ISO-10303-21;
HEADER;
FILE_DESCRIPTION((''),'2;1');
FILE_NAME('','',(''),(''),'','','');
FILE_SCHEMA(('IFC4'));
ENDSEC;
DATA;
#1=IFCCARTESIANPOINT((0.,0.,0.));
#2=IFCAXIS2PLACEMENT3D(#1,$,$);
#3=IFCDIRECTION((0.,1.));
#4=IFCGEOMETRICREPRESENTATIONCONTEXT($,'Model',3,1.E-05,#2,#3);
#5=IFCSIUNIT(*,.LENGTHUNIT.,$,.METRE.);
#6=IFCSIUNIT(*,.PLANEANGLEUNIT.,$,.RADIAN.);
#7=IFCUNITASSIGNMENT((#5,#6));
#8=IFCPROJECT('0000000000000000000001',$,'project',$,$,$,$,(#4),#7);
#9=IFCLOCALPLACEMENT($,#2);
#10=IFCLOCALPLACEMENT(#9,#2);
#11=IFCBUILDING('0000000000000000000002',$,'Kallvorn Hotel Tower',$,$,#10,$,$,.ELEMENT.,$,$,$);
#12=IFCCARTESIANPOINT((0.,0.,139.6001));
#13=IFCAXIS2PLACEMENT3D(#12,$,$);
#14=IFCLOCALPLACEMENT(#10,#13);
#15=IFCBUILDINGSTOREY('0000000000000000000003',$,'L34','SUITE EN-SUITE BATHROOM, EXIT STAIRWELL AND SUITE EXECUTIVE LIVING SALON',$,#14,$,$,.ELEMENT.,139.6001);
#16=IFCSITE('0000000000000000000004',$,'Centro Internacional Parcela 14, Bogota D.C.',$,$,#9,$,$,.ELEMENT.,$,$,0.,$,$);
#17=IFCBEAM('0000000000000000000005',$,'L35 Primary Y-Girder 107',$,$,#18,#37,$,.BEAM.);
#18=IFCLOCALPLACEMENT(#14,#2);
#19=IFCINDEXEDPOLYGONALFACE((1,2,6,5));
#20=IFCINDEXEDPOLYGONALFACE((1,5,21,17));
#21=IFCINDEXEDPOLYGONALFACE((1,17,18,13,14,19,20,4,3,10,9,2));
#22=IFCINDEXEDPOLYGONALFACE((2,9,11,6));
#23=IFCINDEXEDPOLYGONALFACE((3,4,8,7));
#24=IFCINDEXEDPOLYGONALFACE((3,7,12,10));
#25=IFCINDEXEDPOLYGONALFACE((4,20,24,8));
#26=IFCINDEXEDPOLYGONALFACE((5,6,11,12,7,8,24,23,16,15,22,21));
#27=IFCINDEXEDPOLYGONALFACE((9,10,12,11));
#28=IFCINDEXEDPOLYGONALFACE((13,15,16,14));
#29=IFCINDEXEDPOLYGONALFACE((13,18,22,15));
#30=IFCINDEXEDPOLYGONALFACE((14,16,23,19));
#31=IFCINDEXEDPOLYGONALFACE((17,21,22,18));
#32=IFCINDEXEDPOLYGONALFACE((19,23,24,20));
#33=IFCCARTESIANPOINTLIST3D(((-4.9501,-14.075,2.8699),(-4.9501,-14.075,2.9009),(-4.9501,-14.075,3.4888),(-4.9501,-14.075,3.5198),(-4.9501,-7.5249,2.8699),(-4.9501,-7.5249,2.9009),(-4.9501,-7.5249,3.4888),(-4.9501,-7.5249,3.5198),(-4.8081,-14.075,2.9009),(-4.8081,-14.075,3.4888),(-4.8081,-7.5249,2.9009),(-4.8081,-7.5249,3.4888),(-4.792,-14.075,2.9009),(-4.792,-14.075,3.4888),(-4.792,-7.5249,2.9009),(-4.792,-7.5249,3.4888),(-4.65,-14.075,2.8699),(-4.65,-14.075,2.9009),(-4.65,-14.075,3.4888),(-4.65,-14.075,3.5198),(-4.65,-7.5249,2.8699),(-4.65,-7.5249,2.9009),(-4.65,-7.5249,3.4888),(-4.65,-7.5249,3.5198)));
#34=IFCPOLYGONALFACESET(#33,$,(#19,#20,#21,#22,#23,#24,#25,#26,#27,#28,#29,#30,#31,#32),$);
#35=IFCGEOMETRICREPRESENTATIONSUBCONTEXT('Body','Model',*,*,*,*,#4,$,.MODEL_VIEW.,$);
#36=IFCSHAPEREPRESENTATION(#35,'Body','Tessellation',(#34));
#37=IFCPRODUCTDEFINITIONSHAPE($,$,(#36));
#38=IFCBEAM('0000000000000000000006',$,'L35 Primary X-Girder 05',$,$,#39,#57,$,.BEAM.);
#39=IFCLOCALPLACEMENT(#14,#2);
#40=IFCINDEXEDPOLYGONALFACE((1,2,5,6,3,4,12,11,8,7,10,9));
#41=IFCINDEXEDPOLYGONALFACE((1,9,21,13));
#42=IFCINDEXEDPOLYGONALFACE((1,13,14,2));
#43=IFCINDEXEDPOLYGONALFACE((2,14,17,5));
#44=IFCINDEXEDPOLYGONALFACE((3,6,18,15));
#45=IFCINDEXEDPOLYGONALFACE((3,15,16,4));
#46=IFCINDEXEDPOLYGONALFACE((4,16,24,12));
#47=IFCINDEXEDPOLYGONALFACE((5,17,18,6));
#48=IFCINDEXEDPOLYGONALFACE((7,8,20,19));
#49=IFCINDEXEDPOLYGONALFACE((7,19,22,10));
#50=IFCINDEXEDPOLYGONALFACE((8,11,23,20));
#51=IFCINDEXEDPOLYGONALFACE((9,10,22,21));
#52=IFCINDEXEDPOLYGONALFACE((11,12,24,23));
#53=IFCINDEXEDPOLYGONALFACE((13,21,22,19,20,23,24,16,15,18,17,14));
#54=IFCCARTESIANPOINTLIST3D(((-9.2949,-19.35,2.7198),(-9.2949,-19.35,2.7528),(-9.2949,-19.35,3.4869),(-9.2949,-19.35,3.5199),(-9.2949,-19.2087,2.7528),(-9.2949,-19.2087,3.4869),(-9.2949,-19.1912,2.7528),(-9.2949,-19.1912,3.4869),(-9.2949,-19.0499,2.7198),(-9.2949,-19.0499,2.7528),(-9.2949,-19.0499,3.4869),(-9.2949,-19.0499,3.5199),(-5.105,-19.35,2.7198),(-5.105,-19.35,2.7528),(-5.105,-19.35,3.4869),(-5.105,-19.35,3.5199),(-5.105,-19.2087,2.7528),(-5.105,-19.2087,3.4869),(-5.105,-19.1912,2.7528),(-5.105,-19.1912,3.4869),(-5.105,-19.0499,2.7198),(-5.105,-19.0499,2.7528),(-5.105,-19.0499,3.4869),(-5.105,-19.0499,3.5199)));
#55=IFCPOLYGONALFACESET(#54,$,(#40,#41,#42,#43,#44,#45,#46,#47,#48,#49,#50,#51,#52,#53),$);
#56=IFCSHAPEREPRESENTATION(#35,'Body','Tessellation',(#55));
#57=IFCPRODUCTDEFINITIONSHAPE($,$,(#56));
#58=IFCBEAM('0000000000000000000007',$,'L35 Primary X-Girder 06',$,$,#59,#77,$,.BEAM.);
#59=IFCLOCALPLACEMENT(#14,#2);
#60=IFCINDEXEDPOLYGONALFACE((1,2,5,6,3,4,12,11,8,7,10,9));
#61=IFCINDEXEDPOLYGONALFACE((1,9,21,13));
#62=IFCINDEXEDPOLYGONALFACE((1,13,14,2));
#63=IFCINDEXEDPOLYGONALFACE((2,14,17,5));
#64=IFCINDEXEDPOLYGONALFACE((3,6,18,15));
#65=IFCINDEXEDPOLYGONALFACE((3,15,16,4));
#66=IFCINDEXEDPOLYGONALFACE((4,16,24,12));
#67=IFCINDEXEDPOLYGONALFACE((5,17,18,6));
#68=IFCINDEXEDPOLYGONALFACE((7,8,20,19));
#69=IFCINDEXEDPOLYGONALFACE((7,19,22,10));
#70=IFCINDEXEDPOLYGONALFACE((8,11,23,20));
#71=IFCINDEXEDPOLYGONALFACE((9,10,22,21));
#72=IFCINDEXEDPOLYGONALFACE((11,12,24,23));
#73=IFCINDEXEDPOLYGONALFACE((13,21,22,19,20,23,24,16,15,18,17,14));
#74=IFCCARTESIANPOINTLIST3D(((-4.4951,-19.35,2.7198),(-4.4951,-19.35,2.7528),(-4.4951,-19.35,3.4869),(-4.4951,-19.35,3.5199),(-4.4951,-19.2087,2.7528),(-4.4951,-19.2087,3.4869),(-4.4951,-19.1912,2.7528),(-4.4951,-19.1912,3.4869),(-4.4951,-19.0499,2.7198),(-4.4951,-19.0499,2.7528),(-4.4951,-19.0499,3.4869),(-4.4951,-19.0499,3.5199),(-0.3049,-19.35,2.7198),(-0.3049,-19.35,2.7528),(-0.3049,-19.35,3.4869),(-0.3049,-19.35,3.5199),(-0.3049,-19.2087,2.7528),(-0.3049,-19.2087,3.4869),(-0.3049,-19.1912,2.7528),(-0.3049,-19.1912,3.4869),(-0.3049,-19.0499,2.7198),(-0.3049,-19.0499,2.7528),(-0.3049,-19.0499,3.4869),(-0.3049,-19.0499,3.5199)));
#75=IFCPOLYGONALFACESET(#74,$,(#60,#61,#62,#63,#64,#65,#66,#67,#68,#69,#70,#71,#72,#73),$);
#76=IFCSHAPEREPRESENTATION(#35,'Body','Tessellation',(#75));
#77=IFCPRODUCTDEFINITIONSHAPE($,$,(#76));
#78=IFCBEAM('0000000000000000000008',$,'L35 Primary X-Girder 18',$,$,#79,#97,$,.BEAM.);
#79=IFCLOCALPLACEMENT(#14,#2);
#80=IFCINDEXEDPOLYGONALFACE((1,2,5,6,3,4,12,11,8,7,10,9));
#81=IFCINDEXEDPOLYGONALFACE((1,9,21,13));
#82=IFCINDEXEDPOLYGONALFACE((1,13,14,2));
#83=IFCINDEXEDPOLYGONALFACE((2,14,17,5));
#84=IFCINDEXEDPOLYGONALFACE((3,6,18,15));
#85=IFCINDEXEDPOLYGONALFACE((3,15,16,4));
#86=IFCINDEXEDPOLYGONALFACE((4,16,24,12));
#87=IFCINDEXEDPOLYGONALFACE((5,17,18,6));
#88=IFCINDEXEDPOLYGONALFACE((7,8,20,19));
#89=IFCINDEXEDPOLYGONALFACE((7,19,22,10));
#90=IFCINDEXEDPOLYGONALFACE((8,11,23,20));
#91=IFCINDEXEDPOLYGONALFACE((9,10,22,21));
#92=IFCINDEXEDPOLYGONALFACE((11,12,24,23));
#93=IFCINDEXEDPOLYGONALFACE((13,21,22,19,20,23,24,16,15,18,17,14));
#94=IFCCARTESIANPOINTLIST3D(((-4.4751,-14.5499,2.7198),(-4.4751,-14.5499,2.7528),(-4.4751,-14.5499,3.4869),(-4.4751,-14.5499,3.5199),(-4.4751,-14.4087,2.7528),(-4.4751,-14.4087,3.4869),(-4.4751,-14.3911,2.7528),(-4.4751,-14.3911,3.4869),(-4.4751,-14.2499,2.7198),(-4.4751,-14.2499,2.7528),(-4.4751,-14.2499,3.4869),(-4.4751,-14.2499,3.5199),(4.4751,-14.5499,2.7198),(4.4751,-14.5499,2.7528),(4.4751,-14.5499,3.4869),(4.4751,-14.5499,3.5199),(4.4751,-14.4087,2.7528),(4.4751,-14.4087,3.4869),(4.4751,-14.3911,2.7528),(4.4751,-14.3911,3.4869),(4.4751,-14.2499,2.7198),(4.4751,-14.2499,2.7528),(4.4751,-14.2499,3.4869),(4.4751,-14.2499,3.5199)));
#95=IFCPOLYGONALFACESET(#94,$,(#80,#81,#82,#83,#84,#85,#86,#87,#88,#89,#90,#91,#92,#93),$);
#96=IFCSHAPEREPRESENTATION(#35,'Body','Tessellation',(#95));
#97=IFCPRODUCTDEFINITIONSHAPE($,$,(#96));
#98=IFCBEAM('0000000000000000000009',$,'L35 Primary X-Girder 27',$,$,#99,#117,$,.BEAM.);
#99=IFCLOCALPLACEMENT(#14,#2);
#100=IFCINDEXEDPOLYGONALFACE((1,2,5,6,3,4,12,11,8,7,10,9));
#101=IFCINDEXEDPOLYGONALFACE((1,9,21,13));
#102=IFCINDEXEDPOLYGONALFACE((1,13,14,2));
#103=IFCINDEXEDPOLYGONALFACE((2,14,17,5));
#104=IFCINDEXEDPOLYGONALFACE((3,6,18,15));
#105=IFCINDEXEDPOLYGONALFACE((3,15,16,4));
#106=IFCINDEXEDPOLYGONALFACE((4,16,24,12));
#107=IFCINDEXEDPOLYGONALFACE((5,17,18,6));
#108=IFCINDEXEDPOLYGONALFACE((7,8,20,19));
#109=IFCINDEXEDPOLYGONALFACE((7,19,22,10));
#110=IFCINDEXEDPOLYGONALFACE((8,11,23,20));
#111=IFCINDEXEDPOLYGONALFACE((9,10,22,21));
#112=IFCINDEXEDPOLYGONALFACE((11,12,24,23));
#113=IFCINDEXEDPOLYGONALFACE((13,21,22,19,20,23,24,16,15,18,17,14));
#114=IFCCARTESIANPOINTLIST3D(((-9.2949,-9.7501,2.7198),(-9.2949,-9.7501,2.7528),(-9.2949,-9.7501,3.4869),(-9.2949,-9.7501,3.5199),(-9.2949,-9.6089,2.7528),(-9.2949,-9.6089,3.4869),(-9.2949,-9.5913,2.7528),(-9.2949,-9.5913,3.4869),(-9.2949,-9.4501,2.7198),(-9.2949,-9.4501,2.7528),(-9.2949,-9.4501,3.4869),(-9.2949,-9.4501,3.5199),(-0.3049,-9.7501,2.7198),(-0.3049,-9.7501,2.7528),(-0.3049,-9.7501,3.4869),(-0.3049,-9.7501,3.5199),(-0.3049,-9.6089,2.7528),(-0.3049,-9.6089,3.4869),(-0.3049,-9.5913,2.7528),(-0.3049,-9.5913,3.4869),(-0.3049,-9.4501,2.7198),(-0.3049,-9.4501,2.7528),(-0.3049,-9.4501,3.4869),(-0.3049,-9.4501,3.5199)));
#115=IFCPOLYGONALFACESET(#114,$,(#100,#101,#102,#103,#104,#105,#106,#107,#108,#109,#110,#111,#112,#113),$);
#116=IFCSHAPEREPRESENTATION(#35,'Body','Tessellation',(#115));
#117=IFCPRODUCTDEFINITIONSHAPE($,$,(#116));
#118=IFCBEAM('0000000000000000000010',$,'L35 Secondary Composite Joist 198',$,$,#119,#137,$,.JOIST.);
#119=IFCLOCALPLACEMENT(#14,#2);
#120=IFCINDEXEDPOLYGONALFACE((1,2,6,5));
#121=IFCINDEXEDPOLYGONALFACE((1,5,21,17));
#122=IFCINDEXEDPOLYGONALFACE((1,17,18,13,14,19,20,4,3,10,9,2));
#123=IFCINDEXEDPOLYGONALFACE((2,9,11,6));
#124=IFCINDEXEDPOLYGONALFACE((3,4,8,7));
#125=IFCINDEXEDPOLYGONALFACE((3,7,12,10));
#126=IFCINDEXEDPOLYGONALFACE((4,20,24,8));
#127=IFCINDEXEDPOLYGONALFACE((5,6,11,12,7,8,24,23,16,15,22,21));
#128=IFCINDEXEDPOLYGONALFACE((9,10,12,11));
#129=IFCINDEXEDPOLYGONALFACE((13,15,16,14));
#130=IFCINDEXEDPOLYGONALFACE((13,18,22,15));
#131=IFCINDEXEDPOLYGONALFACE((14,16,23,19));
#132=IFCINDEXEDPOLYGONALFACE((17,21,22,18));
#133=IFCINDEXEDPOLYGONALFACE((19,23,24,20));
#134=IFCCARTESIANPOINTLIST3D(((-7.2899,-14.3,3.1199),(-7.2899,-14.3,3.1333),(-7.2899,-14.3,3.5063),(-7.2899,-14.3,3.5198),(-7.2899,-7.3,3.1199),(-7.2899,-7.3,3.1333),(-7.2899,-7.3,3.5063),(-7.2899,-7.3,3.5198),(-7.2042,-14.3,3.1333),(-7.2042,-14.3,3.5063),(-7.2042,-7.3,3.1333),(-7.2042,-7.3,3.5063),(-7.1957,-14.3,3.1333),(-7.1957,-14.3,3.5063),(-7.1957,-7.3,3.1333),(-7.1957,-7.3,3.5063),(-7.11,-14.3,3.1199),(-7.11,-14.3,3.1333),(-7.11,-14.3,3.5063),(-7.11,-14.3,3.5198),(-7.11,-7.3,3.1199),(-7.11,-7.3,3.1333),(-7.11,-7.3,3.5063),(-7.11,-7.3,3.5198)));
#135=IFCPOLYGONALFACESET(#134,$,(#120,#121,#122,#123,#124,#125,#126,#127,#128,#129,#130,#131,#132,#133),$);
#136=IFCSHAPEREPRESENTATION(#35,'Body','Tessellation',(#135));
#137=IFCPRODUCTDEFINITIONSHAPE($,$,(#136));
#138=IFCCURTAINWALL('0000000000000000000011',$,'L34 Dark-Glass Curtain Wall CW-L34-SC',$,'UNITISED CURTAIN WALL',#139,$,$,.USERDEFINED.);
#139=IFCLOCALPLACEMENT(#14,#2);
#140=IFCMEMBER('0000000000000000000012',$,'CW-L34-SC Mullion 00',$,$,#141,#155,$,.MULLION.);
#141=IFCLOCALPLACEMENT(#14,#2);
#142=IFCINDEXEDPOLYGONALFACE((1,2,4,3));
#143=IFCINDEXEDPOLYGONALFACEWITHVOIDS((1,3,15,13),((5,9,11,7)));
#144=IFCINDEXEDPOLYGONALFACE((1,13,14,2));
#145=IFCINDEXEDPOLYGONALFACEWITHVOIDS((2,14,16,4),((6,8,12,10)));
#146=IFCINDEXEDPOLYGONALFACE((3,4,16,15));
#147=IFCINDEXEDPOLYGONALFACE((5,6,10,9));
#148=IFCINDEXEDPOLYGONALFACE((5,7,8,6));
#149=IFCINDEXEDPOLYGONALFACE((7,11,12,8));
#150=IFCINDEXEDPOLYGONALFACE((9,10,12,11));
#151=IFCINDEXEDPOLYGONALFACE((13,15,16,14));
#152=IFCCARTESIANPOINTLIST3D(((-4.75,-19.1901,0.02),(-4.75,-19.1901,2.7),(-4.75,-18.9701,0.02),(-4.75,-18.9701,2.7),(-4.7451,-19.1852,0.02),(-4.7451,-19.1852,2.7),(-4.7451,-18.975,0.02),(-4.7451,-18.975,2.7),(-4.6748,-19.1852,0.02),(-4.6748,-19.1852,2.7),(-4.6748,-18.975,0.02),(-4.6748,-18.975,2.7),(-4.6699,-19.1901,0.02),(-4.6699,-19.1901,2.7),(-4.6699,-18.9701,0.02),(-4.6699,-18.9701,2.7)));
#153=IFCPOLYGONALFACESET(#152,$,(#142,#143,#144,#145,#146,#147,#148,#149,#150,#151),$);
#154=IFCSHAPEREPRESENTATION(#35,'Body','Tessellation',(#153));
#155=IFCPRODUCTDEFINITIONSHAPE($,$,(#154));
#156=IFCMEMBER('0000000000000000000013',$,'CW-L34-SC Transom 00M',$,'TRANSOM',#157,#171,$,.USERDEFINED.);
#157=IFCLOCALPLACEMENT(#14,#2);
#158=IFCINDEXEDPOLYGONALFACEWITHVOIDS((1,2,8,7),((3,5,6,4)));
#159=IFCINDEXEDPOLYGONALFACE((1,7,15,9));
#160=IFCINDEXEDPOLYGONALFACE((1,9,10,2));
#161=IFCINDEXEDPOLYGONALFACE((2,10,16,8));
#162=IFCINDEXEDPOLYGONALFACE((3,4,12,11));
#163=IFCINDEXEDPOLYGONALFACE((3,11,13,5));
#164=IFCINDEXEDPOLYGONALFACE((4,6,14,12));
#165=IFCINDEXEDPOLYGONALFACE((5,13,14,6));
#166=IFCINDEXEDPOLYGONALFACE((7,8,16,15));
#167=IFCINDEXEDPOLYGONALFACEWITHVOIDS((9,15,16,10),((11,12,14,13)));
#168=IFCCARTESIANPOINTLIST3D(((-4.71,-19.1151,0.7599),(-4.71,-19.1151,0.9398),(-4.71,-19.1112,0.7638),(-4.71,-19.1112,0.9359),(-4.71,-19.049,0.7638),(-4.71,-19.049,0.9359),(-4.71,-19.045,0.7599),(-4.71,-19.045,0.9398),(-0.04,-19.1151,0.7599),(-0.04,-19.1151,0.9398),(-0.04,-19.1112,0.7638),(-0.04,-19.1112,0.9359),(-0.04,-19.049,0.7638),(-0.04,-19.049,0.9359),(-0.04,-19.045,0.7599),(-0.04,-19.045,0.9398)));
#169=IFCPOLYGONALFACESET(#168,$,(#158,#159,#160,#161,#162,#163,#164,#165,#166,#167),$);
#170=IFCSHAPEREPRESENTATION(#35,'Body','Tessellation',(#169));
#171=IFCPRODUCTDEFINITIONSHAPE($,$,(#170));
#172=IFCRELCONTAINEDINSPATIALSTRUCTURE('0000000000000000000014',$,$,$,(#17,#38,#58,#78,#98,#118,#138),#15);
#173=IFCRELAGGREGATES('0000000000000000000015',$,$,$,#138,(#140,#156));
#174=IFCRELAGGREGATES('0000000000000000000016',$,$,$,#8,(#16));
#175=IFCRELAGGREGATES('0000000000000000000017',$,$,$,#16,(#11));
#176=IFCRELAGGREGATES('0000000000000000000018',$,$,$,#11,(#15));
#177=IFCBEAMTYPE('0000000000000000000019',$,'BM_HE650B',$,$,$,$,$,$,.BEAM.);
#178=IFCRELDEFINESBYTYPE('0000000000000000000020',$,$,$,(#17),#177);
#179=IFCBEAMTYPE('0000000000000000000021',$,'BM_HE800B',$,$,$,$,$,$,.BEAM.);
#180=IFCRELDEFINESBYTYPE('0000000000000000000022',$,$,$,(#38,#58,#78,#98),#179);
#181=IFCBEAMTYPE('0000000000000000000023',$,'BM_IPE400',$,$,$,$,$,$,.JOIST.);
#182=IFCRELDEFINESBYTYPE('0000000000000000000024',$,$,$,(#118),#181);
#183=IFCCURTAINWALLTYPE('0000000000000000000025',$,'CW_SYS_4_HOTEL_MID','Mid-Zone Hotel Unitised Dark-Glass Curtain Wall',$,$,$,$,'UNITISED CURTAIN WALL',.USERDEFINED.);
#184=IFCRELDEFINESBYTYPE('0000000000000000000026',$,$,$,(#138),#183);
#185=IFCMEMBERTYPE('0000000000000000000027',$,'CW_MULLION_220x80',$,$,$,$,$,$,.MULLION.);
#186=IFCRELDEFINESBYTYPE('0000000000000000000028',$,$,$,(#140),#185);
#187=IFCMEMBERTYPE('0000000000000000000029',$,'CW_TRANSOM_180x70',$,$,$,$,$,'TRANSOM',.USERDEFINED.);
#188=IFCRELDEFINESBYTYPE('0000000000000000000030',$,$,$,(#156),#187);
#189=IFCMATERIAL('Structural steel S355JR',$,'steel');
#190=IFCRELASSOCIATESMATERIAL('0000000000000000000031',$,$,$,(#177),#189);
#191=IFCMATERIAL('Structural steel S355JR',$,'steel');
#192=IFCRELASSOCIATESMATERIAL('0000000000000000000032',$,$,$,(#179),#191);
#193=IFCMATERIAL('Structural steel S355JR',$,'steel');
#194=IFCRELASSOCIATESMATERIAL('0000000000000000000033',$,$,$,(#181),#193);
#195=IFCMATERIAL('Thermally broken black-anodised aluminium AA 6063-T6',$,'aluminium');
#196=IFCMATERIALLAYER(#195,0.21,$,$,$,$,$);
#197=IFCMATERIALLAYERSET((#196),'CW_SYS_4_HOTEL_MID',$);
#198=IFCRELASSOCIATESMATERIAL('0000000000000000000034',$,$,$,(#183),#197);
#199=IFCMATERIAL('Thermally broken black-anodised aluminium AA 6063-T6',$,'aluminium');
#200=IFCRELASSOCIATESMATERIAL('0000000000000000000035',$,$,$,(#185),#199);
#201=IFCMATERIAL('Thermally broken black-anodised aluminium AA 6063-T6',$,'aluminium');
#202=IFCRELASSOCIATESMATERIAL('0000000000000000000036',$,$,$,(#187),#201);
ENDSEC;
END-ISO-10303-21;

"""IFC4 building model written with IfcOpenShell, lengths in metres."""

from ifc_helpers import new_model, si_unit, direction, frame, origin, origin_2d, place, context, subcontext, project, spatial, hollow_rectangle, i_section, extrude, material, layer, layer_set, material_profile, profile_set, type_object, element, aggregate, save


model = new_model("IFC4")

# Units and contexts
model_context = context("Model", 3, precision=1e-05, world=origin(), true_north=direction((0.0, 1.0)))
body_context = subcontext(model_context, "Body", "Model", "MODEL_VIEW")
ifc_project = project(units=[si_unit("LENGTHUNIT", "METRE"), si_unit("PLANEANGLEUNIT", "RADIAN")], contexts=[model_context])

# Site, building, storey
site_placement = place(None, origin())
site = spatial("IfcSite", under=ifc_project, at=site_placement, Name="Centro Internacional Parcela 14, Bogota D.C.", CompositionType="ELEMENT", RefElevation=0.0)
building_placement = place(site_placement, origin())
building = spatial("IfcBuilding", under=site, at=building_placement, Name="Kallvorn Hotel Tower", CompositionType="ELEMENT")
storey_placement = place(building_placement, frame((0.0, 0.0, 139.6001)))
storey = spatial("IfcBuildingStorey", under=building, at=storey_placement, Name="L34", Description="SUITE EN-SUITE BATHROOM, EXIT STAIRWELL AND SUITE EXECUTIVE LIVING SALON", CompositionType="ELEMENT", Elevation=139.6001)

# Beams
ifc_material_1 = material(Name="Structural steel S355JR", Category="steel")
ifc_material_profile_1 = material_profile(ifc_material_1, i_section(OverallWidth=0.3, OverallDepth=0.6499, WebThickness=0.0161, FlangeThickness=0.031, at=origin_2d()), Name="HE 650 B")
ifc_profile_set_1 = profile_set([ifc_material_profile_1], Name="Structural steel S355JR")
beam_type_1 = type_object("IfcBeamType", Name="BM_HE650B", PredefinedType="BEAM", material=ifc_profile_set_1)
beam_1_placement = place(storey_placement, frame((-4.8, -14.075, 3.1948), z_axis=(0.0, 1.0, 0.0), x_axis=(-1.0, 0.0, 0.0)))
element("IfcBeam", 1, at=beam_1_placement, inside=storey, type_object=beam_type_1, Name="L35 Primary Y-Girder 107", PredefinedType="BEAM", context=body_context, shape_type="SweptSolid", body=[
    extrude(i_section(OverallWidth=0.3, OverallDepth=0.6499, WebThickness=0.0161, FlangeThickness=0.031, at=origin_2d()), origin(), (0.0, 0.0, 1.0), 6.55),
])
ifc_material_2 = material(Name="Structural steel S355JR", Category="steel")
ifc_material_profile_2 = material_profile(ifc_material_2, i_section(OverallWidth=0.3, OverallDepth=0.8, WebThickness=0.0176, FlangeThickness=0.033, at=origin_2d()), Name="HE 800 B")
ifc_profile_set_2 = profile_set([ifc_material_profile_2], Name="Structural steel S355JR")
beam_type_2 = type_object("IfcBeamType", Name="BM_HE800B", PredefinedType="BEAM", material=ifc_profile_set_2)
beam_2_placement = place(storey_placement, frame((-9.2949, -19.2, 3.1199), z_axis=(1.0, 0.0, 0.0), x_axis=(0.0, 1.0, 0.0)))
element("IfcBeam", 2, at=beam_2_placement, inside=storey, type_object=beam_type_2, Name="L35 Primary X-Girder 05", PredefinedType="BEAM", context=body_context, shape_type="SweptSolid", body=[
    extrude(i_section(OverallWidth=0.3, OverallDepth=0.8, WebThickness=0.0176, FlangeThickness=0.033, at=origin_2d()), origin(), (0.0, 0.0, 1.0), 4.1899),
])
beam_3_placement = place(storey_placement, frame((-4.4951, -19.2, 3.1199), z_axis=(1.0, 0.0, 0.0), x_axis=(0.0, 1.0, 0.0)))
element("IfcBeam", 3, at=beam_3_placement, inside=storey, type_object=beam_type_2, Name="L35 Primary X-Girder 06", PredefinedType="BEAM", context=body_context, shape_type="SweptSolid", body=[
    extrude(i_section(OverallWidth=0.3, OverallDepth=0.8, WebThickness=0.0176, FlangeThickness=0.033, at=origin_2d()), origin(), (0.0, 0.0, 1.0), 4.1902),
])
beam_4_placement = place(storey_placement, frame((-4.4751, -14.3999, 3.1199), z_axis=(1.0, 0.0, 0.0), x_axis=(0.0, 1.0, 0.0)))
element("IfcBeam", 4, at=beam_4_placement, inside=storey, type_object=beam_type_2, Name="L35 Primary X-Girder 18", PredefinedType="BEAM", context=body_context, shape_type="SweptSolid", body=[
    extrude(i_section(OverallWidth=0.3, OverallDepth=0.8, WebThickness=0.0176, FlangeThickness=0.033, at=origin_2d()), origin(), (0.0, 0.0, 1.0), 8.9502),
])
beam_5_placement = place(storey_placement, frame((-9.2949, -9.6001, 3.1199), z_axis=(1.0, 0.0, 0.0), x_axis=(0.0, 1.0, 0.0)))
element("IfcBeam", 5, at=beam_5_placement, inside=storey, type_object=beam_type_2, Name="L35 Primary X-Girder 27", PredefinedType="BEAM", context=body_context, shape_type="SweptSolid", body=[
    extrude(i_section(OverallWidth=0.3, OverallDepth=0.8, WebThickness=0.0176, FlangeThickness=0.033, at=origin_2d()), origin(), (0.0, 0.0, 1.0), 8.99),
])
ifc_material_3 = material(Name="Structural steel S355JR", Category="steel")
ifc_material_profile_3 = material_profile(ifc_material_3, i_section(OverallWidth=0.1799, OverallDepth=0.3999, WebThickness=0.0085, FlangeThickness=0.0134, at=origin_2d()), Name="IPE 400")
ifc_profile_set_3 = profile_set([ifc_material_profile_3], Name="Structural steel S355JR")
beam_type_3 = type_object("IfcBeamType", Name="BM_IPE400", PredefinedType="JOIST", material=ifc_profile_set_3)
beam_6_placement = place(storey_placement, frame((-7.2, -14.3, 3.3198), z_axis=(0.0, 1.0, 0.0), x_axis=(-1.0, 0.0, 0.0)))
element("IfcBeam", 6, at=beam_6_placement, inside=storey, type_object=beam_type_3, Name="L35 Secondary Composite Joist 198", PredefinedType="JOIST", context=body_context, shape_type="SweptSolid", body=[
    extrude(i_section(OverallWidth=0.1799, OverallDepth=0.3999, WebThickness=0.0085, FlangeThickness=0.0134, at=origin_2d()), origin(), (0.0, 0.0, 1.0), 7.0),
])

# Curtain wall, members
ifc_material_4 = material(Name="Thermally broken black-anodised aluminium AA 6063-T6", Category="aluminium")
ifc_layer_1 = layer(ifc_material_4, 0.21)
ifc_layer_set_1 = layer_set([ifc_layer_1], Name="CW_SYS_4_HOTEL_MID")
curtain_wall_type = type_object("IfcCurtainWallType", Name="CW_SYS_4_HOTEL_MID", Description="Mid-Zone Hotel Unitised Dark-Glass Curtain Wall", ElementType="UNITISED CURTAIN WALL", PredefinedType="USERDEFINED", material=ifc_layer_set_1)
curtain_wall_placement = place(storey_placement, origin())
curtain_wall = element("IfcCurtainWall", 7, at=curtain_wall_placement, inside=storey, type_object=curtain_wall_type, Name="L34 Dark-Glass Curtain Wall CW-L34-SC", ObjectType="UNITISED CURTAIN WALL", PredefinedType="USERDEFINED")
ifc_material_5 = material(Name="Thermally broken black-anodised aluminium AA 6063-T6", Category="aluminium")
ifc_material_profile_4 = material_profile(ifc_material_5, hollow_rectangle(XDim=0.0801, YDim=0.22, WallThickness=0.0049, at=origin_2d()), Name="MUL 220x80")
ifc_profile_set_4 = profile_set([ifc_material_profile_4], Name="Thermally broken black-anodised aluminium AA 6063-T6")
member_type_1 = type_object("IfcMemberType", Name="CW_MULLION_220x80", PredefinedType="MULLION", material=ifc_profile_set_4)
member_1_placement = place(storey_placement, frame((-4.71, -19.0801, 0.02), z_axis=(0.0, 0.0, 1.0), x_axis=(1.0, 0.0, 0.0)))
member_1 = element("IfcMember", 8, at=member_1_placement, type_object=member_type_1, Name="CW-L34-SC Mullion 00", PredefinedType="MULLION", context=body_context, shape_type="SweptSolid", body=[
    extrude(hollow_rectangle(XDim=0.0801, YDim=0.22, WallThickness=0.0049, at=origin_2d()), origin(), (0.0, 0.0, 1.0), 2.6799),
])
ifc_material_6 = material(Name="Thermally broken black-anodised aluminium AA 6063-T6", Category="aluminium")
ifc_material_profile_5 = material_profile(ifc_material_6, hollow_rectangle(XDim=0.0701, YDim=0.1799, WallThickness=0.0039, at=origin_2d()), Name="TRN 180x70")
ifc_profile_set_5 = profile_set([ifc_material_profile_5], Name="Thermally broken black-anodised aluminium AA 6063-T6")
member_type_2 = type_object("IfcMemberType", Name="CW_TRANSOM_180x70", ElementType="TRANSOM", PredefinedType="USERDEFINED", material=ifc_profile_set_5)
member_2_placement = place(storey_placement, frame((-4.71, -19.0801, 0.8499), z_axis=(1.0, 0.0, 0.0), x_axis=(0.0, 1.0, 0.0)))
member_2 = element("IfcMember", 9, at=member_2_placement, type_object=member_type_2, Name="CW-L34-SC Transom 00M", ObjectType="TRANSOM", PredefinedType="USERDEFINED", context=body_context, shape_type="SweptSolid", body=[
    extrude(hollow_rectangle(XDim=0.0701, YDim=0.1799, WallThickness=0.0039, at=origin_2d()), origin(), (0.0, 0.0, 1.0), 4.6699),
])
aggregate(curtain_wall, [member_1, member_2])

save(model, "model.ifc")
